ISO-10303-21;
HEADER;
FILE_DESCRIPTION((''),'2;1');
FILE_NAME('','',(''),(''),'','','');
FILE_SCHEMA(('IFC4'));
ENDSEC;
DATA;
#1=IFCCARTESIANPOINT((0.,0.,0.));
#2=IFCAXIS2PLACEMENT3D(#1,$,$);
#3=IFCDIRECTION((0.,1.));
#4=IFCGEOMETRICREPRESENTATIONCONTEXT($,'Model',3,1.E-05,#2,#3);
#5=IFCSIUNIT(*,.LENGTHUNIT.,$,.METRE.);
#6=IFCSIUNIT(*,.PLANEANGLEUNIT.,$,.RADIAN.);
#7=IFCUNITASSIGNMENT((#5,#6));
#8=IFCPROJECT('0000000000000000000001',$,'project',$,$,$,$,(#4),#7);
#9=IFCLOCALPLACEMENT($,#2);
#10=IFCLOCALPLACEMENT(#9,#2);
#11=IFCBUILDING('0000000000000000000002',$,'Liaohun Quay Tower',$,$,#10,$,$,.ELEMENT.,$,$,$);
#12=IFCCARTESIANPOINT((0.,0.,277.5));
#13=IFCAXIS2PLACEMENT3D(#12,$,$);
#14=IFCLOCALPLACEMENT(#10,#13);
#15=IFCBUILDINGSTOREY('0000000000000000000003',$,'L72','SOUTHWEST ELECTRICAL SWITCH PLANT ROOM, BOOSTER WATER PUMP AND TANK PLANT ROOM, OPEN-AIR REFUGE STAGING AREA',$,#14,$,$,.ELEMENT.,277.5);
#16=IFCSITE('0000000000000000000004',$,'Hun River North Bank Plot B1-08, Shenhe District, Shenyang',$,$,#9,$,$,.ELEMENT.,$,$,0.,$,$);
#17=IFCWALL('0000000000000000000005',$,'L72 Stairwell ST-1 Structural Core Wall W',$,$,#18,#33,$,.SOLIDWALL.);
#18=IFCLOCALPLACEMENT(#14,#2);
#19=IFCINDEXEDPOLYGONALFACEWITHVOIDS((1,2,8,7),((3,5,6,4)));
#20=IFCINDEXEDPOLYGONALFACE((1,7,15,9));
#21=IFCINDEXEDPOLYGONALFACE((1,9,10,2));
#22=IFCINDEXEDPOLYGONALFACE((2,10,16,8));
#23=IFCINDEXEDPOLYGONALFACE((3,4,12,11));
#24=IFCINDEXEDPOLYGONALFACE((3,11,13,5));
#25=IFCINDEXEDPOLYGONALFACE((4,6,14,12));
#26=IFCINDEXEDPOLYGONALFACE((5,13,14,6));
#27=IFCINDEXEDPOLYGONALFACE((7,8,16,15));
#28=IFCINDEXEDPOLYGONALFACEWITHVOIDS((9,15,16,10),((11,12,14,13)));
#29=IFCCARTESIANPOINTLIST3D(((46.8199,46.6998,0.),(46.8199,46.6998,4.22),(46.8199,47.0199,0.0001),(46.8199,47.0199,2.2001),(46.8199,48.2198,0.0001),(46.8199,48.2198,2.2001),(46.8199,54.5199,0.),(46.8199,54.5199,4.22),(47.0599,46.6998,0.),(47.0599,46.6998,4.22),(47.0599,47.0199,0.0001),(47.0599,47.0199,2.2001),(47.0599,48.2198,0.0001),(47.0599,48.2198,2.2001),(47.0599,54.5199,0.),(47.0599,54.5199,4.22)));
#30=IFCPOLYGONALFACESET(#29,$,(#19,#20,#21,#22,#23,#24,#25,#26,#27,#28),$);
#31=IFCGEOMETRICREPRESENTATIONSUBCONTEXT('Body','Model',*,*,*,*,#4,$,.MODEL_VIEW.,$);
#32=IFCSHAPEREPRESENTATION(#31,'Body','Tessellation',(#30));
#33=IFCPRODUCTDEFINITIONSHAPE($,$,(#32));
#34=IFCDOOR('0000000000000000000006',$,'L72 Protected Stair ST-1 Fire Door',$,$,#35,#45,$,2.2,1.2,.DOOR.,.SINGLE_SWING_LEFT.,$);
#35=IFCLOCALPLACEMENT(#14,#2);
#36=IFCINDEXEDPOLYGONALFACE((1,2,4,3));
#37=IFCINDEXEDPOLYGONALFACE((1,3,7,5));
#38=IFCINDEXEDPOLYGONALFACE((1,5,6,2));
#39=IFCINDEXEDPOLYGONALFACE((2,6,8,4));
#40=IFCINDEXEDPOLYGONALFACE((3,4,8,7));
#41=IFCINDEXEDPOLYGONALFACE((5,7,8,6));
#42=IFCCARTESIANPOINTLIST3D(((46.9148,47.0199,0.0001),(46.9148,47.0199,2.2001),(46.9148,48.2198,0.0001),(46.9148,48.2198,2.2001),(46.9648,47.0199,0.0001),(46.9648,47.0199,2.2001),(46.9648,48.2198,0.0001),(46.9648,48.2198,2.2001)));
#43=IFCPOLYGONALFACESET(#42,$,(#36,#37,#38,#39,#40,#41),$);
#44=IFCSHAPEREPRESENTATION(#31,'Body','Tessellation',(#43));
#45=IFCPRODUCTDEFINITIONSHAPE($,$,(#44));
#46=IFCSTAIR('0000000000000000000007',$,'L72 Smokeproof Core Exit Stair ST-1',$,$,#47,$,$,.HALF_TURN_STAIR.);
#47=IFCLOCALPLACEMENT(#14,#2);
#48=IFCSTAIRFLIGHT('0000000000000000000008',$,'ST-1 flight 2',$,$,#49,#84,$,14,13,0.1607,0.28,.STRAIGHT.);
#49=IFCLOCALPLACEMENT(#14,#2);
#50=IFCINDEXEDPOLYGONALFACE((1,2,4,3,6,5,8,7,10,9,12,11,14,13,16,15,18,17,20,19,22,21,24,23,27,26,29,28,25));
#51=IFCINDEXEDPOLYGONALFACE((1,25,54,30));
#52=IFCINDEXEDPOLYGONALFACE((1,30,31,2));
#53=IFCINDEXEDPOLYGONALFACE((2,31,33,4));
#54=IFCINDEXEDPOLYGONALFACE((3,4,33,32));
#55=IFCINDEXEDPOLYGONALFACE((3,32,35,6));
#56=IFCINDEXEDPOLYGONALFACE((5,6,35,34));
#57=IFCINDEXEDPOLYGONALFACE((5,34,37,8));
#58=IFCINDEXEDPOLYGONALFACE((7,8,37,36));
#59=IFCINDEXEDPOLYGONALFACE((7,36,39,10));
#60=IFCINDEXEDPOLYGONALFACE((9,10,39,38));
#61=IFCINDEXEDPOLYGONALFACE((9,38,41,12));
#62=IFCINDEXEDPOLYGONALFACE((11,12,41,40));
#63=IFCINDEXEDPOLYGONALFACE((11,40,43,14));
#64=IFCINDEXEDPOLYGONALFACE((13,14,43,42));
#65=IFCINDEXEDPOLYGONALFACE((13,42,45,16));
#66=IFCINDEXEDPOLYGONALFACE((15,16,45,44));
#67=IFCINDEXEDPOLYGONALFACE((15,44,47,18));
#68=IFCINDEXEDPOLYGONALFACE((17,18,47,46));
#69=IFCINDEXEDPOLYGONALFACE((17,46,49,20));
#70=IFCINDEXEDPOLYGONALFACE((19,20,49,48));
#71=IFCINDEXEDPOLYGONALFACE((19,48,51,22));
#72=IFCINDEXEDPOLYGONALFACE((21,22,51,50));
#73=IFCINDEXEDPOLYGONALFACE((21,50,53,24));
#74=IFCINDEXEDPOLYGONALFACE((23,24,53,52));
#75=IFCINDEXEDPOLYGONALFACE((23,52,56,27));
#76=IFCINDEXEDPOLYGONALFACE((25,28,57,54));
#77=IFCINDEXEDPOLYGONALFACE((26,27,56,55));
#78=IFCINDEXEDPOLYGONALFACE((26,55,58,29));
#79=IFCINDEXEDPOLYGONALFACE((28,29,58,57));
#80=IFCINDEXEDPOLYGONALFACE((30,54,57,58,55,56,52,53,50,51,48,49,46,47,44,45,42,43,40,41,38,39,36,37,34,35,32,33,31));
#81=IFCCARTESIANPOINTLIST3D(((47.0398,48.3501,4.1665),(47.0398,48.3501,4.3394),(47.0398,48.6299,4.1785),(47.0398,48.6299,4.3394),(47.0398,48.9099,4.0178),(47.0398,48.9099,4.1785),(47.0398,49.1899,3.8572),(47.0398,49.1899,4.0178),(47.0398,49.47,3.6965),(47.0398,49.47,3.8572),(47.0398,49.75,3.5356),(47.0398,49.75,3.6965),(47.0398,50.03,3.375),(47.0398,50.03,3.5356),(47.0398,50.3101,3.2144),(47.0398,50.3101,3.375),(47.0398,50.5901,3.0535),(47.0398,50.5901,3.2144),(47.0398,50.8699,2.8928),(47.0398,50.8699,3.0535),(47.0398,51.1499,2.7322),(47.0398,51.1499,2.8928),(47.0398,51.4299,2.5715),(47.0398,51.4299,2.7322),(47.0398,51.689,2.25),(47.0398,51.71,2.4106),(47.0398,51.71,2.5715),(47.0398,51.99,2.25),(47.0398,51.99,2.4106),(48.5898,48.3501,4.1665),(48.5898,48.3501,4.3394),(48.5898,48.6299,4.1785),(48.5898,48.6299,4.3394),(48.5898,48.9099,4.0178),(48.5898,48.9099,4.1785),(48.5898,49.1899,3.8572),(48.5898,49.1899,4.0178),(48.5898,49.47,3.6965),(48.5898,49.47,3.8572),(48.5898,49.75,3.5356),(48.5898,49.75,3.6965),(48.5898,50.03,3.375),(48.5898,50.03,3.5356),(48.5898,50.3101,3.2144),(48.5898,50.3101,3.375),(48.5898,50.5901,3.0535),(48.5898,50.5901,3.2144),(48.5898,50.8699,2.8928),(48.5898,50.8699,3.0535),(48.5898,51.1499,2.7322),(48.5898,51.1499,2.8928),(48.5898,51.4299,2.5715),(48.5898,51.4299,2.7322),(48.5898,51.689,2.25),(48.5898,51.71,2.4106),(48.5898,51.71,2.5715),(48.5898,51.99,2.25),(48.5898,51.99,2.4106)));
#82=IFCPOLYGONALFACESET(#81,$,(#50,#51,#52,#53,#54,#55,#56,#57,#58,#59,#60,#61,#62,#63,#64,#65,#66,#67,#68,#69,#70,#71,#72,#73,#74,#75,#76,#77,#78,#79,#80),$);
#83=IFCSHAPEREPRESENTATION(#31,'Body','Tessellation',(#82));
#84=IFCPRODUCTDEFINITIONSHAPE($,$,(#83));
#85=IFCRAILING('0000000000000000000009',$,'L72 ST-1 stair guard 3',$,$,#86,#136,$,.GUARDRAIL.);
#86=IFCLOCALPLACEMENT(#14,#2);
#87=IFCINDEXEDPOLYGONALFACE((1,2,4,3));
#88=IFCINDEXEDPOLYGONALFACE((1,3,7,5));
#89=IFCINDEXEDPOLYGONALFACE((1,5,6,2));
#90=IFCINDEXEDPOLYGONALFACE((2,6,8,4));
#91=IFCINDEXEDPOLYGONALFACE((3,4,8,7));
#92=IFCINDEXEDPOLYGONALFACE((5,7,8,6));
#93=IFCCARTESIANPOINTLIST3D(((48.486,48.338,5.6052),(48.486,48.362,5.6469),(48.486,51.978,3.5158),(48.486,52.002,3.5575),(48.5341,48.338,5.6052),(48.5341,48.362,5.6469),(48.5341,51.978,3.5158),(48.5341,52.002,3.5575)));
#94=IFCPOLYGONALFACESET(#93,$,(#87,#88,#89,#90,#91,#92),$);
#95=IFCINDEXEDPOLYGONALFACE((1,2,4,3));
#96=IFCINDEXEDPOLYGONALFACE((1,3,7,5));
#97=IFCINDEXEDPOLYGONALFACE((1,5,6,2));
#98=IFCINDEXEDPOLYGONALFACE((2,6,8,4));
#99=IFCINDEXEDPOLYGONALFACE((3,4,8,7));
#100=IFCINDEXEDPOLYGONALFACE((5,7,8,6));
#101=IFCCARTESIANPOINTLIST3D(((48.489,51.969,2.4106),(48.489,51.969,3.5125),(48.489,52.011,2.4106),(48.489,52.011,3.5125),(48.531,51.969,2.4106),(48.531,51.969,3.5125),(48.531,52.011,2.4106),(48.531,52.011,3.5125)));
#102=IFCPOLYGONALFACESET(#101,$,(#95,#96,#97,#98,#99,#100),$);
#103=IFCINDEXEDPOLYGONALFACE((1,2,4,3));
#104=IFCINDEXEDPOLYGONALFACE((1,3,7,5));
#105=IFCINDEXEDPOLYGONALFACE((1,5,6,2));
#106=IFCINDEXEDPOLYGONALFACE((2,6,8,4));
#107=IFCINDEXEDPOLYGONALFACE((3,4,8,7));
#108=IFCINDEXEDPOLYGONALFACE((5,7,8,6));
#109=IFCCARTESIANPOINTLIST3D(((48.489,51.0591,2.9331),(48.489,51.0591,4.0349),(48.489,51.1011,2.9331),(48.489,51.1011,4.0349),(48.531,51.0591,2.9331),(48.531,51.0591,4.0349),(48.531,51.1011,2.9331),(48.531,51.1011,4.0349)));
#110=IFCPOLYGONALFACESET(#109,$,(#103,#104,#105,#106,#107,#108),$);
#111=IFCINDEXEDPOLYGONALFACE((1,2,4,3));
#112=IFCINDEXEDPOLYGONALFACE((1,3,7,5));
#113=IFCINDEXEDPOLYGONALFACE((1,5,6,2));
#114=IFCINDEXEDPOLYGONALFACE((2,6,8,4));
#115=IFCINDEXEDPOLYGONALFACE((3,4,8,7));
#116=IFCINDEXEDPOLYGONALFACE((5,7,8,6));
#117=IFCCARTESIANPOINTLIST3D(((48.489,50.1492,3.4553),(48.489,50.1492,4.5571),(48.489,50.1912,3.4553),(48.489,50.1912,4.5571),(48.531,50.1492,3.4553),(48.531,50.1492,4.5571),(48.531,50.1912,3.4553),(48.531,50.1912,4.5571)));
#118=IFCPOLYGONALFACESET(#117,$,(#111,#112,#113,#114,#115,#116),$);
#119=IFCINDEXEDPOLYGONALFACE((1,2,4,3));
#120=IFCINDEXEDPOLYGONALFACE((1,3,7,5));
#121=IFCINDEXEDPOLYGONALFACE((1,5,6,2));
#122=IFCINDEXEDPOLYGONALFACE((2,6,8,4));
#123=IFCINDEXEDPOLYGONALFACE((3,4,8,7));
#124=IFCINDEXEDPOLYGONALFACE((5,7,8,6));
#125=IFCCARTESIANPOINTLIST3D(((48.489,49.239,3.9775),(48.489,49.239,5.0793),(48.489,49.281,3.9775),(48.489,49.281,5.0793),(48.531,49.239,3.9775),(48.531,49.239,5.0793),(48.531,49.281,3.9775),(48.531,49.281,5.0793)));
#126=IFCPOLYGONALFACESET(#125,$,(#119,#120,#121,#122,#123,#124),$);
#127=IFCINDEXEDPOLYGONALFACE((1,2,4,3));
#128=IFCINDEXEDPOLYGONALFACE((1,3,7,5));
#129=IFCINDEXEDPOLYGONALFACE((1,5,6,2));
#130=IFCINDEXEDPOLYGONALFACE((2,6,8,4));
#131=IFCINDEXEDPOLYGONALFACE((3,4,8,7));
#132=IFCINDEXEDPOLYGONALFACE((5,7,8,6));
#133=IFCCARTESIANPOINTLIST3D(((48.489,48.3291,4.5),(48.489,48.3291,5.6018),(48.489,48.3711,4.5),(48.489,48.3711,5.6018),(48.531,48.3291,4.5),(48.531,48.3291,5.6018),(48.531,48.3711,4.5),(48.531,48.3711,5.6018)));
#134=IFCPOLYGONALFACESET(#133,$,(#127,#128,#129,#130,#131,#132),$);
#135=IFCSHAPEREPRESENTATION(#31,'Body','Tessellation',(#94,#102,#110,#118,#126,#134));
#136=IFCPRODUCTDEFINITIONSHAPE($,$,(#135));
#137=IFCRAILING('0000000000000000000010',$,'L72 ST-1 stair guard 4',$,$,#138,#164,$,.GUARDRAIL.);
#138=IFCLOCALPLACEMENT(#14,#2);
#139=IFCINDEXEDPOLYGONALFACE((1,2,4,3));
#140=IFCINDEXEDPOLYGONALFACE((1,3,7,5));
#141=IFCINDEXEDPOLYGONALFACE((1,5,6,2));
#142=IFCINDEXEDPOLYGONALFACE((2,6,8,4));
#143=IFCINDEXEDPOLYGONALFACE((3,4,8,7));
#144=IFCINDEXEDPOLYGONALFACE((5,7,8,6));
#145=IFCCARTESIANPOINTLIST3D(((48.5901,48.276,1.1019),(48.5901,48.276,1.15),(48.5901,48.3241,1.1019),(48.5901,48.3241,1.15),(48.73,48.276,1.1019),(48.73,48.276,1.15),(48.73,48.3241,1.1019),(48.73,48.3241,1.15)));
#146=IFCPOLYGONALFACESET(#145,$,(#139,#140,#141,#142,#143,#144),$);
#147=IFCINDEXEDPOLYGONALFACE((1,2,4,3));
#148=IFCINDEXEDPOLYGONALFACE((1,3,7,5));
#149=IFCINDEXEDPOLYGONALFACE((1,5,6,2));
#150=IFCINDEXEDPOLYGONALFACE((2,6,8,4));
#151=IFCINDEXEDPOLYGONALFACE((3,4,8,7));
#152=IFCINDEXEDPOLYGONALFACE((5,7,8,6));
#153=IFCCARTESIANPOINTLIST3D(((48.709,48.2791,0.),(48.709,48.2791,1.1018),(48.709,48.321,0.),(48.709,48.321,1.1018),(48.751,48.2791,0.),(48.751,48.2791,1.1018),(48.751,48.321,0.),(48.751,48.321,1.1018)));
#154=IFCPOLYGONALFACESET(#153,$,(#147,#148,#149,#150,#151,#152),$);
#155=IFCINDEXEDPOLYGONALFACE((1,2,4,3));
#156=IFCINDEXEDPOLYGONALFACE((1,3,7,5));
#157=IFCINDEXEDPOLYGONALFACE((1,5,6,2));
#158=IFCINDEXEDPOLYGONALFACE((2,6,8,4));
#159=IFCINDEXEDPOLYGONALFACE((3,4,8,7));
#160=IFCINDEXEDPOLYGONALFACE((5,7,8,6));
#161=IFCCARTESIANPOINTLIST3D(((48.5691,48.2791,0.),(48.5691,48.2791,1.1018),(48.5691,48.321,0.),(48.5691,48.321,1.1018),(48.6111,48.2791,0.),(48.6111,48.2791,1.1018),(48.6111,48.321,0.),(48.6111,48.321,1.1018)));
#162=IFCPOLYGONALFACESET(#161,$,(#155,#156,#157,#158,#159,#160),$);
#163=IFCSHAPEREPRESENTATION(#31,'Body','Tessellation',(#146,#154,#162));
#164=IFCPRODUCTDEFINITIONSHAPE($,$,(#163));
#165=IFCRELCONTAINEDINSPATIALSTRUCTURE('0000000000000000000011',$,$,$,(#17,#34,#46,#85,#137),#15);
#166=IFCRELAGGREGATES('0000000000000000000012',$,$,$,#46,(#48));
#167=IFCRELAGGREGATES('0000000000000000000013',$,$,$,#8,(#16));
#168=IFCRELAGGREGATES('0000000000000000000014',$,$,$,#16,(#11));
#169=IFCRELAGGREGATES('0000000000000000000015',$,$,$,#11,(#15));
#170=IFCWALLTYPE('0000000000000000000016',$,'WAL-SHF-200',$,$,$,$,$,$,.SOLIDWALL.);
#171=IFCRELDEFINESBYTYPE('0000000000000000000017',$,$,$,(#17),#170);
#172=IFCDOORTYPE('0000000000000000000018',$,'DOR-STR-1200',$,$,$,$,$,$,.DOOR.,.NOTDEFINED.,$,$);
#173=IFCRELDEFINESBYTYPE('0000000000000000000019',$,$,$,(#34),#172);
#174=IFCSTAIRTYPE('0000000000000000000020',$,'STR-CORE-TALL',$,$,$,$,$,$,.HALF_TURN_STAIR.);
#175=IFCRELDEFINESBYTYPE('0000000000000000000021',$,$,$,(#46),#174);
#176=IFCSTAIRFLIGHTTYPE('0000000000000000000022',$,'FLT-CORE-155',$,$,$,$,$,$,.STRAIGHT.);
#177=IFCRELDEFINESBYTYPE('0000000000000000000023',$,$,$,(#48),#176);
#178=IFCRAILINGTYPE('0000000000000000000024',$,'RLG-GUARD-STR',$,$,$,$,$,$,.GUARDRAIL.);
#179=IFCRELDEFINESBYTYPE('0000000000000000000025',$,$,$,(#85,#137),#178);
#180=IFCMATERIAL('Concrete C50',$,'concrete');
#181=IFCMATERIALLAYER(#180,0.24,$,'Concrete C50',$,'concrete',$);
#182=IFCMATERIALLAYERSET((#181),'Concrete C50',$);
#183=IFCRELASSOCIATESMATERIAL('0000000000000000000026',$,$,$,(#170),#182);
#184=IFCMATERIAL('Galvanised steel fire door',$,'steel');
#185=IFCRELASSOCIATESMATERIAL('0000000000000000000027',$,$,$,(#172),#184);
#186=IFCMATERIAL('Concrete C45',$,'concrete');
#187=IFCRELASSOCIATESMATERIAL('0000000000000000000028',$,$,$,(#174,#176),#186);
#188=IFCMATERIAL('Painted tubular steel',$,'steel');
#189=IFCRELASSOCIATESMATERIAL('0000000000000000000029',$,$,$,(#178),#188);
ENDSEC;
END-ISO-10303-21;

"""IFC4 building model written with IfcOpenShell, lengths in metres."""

from ifc_helpers import new_model, si_unit, direction, frame, frame_2d, origin, origin_2d, place, context, subcontext, project, spatial, polyline, rectangle, outline, extrude, source, transform, mapped, material, layer, layer_set, type_object, element, fill, aggregate, save


model = new_model("IFC4")

# Units and contexts
model_context = context("Model", 3, precision=1e-05, world=origin(), true_north=direction((0.0, 1.0)))
body_context = subcontext(model_context, "Body", "Model", "MODEL_VIEW")
ifc_project = project(units=[si_unit("LENGTHUNIT", "METRE"), si_unit("PLANEANGLEUNIT", "RADIAN")], contexts=[model_context])

# Site, building, storey
site_placement = place(None, origin())
site = spatial("IfcSite", under=ifc_project, at=site_placement, Name="Hun River North Bank Plot B1-08, Shenhe District, Shenyang", CompositionType="ELEMENT", RefElevation=0.0)
building_placement = place(site_placement, origin())
building = spatial("IfcBuilding", under=site, at=building_placement, Name="Liaohun Quay Tower", CompositionType="ELEMENT")
storey_placement = place(building_placement, frame((0.0, 0.0, 277.5)))
storey = spatial("IfcBuildingStorey", under=building, at=storey_placement, Name="L72", Description="SOUTHWEST ELECTRICAL SWITCH PLANT ROOM, BOOSTER WATER PUMP AND TANK PLANT ROOM, OPEN-AIR REFUGE STAGING AREA", CompositionType="ELEMENT", Elevation=277.5)

# Shared definitions
ifc_material_1 = material(Name="Concrete C50", Category="concrete")
ifc_layer_1 = layer(ifc_material_1, 0.24, Name="Concrete C50", Category="concrete")
ifc_layer_set_1 = layer_set([ifc_layer_1], Name="Concrete C50")
wall_type_1 = type_object("IfcWallType", Name="WAL-SHF-200", PredefinedType="SOLIDWALL", material=ifc_layer_set_1)

# Wall, opening, door
wall_1_placement = place(storey_placement, frame((46.9399, 54.52, 0.0), z_axis=(0.0, 0.0, 1.0), x_axis=(0.0, -1.0, 0.0)))
wall_1 = element("IfcWall", 1, at=wall_1_placement, inside=storey, type_object=wall_type_1, Name="L72 Stairwell ST-1 Structural Core Wall W", PredefinedType="SOLIDWALL", context=body_context, shape_type="SweptSolid", body=[
    extrude(rectangle(XDim=7.8201, YDim=0.24, at=frame_2d((3.9102, 0.0))), origin(), (0.0, 0.0, 1.0), 4.22),
])
shared_shape_1 = source(origin(), body_context, "Body", "SweptSolid", [
    extrude(rectangle(XDim=1.2, YDim=2.2, at=frame_2d((0.6001, 1.1001))), frame((0.0, 0.1299, 0.0), z_axis=(0.0, -1.0, 0.0), x_axis=(1.0, 0.0, 0.0)), (0.0, 0.0, 1.0), 0.26),
])
opening_1_placement = place(wall_1_placement, frame((6.3, 0.0, 0.0)))
opening_1 = element("IfcOpeningElement", 2, at=opening_1_placement, cuts=wall_1, PredefinedType="OPENING", context=body_context, shape_type="MappedRepresentation", body=[
    mapped(shared_shape_1, transform((0.0, 0.0, 0.0), x_axis=(1.0, 0.0, 0.0), y_axis=(0.0, 1.0, 0.0), z_axis=(0.0, 0.0, 1.0), scale=1.0)),
])
ifc_material_2 = material(Name="Galvanised steel fire door", Category="steel")
door_type_1 = type_object("IfcDoorType", Name="DOR-STR-1200", OperationType="NOTDEFINED", PredefinedType="DOOR", material=ifc_material_2)
shared_shape_2 = source(origin(), body_context, "Body", "SweptSolid", [
    extrude(rectangle(XDim=1.2, YDim=2.2, at=frame_2d((0.6001, 1.1001))), frame((0.0, 0.0249, 0.0), z_axis=(0.0, -1.0, 0.0), x_axis=(1.0, 0.0, 0.0)), (0.0, 0.0, 1.0), 0.05),
])
door_1_placement = place(opening_1_placement, origin())
door_1 = element("IfcDoor", 3, at=door_1_placement, inside=storey, type_object=door_type_1, Name="L72 Protected Stair ST-1 Fire Door", OperationType="SINGLE_SWING_LEFT", OverallHeight=2.2, OverallWidth=1.2, PredefinedType="DOOR", context=body_context, shape_type="MappedRepresentation", body=[
    mapped(shared_shape_2, transform((0.0, 0.0, 0.0), x_axis=(1.0, 0.0, 0.0), y_axis=(0.0, 1.0, 0.0), z_axis=(0.0, 0.0, 1.0), scale=1.0)),
])
fill(opening_1, door_1)

# Stair, stair flight
ifc_material_3 = material(Name="Concrete C45", Category="concrete")
stair_type = type_object("IfcStairType", Name="STR-CORE-TALL", PredefinedType="HALF_TURN_STAIR", material=ifc_material_3)
stair_placement = place(storey_placement, origin())
stair = element("IfcStair", 4, at=stair_placement, inside=storey, type_object=stair_type, Name="L72 Smokeproof Core Exit Stair ST-1", PredefinedType="HALF_TURN_STAIR")
stair_flight_type = type_object("IfcStairFlightType", Name="FLT-CORE-155", PredefinedType="STRAIGHT", material=ifc_material_3)
stair_flight_placement = place(storey_placement, frame((47.8149, 51.99, 2.25), z_axis=(0.0, 0.0, 1.0), x_axis=(0.0, -1.0, 0.0)))
stair_flight = element("IfcStairFlight", 5, at=stair_flight_placement, type_object=stair_flight_type, Name="ST-1 flight 2", NumberOfRisers=14, NumberOfTreads=13, PredefinedType="STRAIGHT", RiserHeight=0.1607, TreadLength=0.28, context=body_context, shape_type="SweptSolid", body=[
    extrude(outline(polyline([(0.0, 0.0), (0.0, 0.1606), (0.28, 0.1606), (0.28, 0.3215), (0.5601, 0.3215), (0.5601, 0.4822), (0.8401, 0.4822), (0.8401, 0.6428), (1.1201, 0.6428), (1.1201, 0.8035), (1.3999, 0.8035), (1.3999, 0.9644), (1.6799, 0.9644), (1.6799, 1.125), (1.96, 1.125), (1.96, 1.2856), (2.24, 1.2856), (2.24, 1.4465), (2.52, 1.4465), (2.52, 1.6072), (2.8, 1.6072), (2.8, 1.7678), (3.0801, 1.7678), (3.0801, 1.9285), (3.3601, 1.9285), (3.3601, 2.0894), (3.6399, 2.0894), (3.6399, 2.25), (3.6399, 1.9165), (0.301, 0.0), (0.0, 0.0)])), frame((0.0, 0.7749, 0.0), z_axis=(0.0, -1.0, 0.0), x_axis=(1.0, 0.0, 0.0)), (0.0, 0.0, 1.0), 1.55),
])
aggregate(stair, [stair_flight])

# Railings
ifc_material_4 = material(Name="Painted tubular steel", Category="steel")
railing_type_1 = type_object("IfcRailingType", Name="RLG-GUARD-STR", PredefinedType="GUARDRAIL", material=ifc_material_4)
railing_1_placement = place(storey_placement, frame((48.51, 51.99, 2.4106)))
element("IfcRailing", 6, at=railing_1_placement, inside=storey, type_object=railing_type_1, Name="L72 ST-1 stair guard 3", PredefinedType="GUARDRAIL", context=body_context, shape_type="SweptSolid", body=[
    extrude(rectangle(XDim=0.0481, YDim=0.0481, at=origin_2d()), frame((0.0, 0.0, 1.126), z_axis=(0.0, -0.867275, 0.497829), x_axis=(1.0, 0.0, 0.0)), (0.0, 0.0, 1.0), 4.197),
    extrude(rectangle(XDim=0.042, YDim=0.042, at=origin_2d()), origin(), (0.0, 0.0, 1.0), 1.1018),
    extrude(rectangle(XDim=0.042, YDim=0.042, at=origin_2d()), frame((0.0, -0.9099, 0.5225)), (0.0, 0.0, 1.0), 1.1018),
    extrude(rectangle(XDim=0.042, YDim=0.042, at=origin_2d()), frame((0.0, -1.8198, 1.0447)), (0.0, 0.0, 1.0), 1.1018),
    extrude(rectangle(XDim=0.042, YDim=0.042, at=origin_2d()), frame((0.0, -2.73, 1.5669)), (0.0, 0.0, 1.0), 1.1018),
    extrude(rectangle(XDim=0.042, YDim=0.042, at=origin_2d()), frame((0.0, -3.6399, 2.0894)), (0.0, 0.0, 1.0), 1.1018),
])
railing_2_placement = place(storey_placement, frame((48.73, 48.3, 0.0)))
element("IfcRailing", 7, at=railing_2_placement, inside=storey, type_object=railing_type_1, Name="L72 ST-1 stair guard 4", PredefinedType="GUARDRAIL", context=body_context, shape_type="SweptSolid", body=[
    extrude(rectangle(XDim=0.0481, YDim=0.0481, at=origin_2d()), frame((0.0, 0.0, 1.126), z_axis=(-1.0, 0.0, 0.0), x_axis=(0.0, -1.0, 0.0)), (0.0, 0.0, 1.0), 0.1399),
    extrude(rectangle(XDim=0.042, YDim=0.042, at=origin_2d()), origin(), (0.0, 0.0, 1.0), 1.1018),
    extrude(rectangle(XDim=0.042, YDim=0.042, at=origin_2d()), frame((-0.1399, 0.0, 0.0)), (0.0, 0.0, 1.0), 1.1018),
])

save(model, "model.ifc")
